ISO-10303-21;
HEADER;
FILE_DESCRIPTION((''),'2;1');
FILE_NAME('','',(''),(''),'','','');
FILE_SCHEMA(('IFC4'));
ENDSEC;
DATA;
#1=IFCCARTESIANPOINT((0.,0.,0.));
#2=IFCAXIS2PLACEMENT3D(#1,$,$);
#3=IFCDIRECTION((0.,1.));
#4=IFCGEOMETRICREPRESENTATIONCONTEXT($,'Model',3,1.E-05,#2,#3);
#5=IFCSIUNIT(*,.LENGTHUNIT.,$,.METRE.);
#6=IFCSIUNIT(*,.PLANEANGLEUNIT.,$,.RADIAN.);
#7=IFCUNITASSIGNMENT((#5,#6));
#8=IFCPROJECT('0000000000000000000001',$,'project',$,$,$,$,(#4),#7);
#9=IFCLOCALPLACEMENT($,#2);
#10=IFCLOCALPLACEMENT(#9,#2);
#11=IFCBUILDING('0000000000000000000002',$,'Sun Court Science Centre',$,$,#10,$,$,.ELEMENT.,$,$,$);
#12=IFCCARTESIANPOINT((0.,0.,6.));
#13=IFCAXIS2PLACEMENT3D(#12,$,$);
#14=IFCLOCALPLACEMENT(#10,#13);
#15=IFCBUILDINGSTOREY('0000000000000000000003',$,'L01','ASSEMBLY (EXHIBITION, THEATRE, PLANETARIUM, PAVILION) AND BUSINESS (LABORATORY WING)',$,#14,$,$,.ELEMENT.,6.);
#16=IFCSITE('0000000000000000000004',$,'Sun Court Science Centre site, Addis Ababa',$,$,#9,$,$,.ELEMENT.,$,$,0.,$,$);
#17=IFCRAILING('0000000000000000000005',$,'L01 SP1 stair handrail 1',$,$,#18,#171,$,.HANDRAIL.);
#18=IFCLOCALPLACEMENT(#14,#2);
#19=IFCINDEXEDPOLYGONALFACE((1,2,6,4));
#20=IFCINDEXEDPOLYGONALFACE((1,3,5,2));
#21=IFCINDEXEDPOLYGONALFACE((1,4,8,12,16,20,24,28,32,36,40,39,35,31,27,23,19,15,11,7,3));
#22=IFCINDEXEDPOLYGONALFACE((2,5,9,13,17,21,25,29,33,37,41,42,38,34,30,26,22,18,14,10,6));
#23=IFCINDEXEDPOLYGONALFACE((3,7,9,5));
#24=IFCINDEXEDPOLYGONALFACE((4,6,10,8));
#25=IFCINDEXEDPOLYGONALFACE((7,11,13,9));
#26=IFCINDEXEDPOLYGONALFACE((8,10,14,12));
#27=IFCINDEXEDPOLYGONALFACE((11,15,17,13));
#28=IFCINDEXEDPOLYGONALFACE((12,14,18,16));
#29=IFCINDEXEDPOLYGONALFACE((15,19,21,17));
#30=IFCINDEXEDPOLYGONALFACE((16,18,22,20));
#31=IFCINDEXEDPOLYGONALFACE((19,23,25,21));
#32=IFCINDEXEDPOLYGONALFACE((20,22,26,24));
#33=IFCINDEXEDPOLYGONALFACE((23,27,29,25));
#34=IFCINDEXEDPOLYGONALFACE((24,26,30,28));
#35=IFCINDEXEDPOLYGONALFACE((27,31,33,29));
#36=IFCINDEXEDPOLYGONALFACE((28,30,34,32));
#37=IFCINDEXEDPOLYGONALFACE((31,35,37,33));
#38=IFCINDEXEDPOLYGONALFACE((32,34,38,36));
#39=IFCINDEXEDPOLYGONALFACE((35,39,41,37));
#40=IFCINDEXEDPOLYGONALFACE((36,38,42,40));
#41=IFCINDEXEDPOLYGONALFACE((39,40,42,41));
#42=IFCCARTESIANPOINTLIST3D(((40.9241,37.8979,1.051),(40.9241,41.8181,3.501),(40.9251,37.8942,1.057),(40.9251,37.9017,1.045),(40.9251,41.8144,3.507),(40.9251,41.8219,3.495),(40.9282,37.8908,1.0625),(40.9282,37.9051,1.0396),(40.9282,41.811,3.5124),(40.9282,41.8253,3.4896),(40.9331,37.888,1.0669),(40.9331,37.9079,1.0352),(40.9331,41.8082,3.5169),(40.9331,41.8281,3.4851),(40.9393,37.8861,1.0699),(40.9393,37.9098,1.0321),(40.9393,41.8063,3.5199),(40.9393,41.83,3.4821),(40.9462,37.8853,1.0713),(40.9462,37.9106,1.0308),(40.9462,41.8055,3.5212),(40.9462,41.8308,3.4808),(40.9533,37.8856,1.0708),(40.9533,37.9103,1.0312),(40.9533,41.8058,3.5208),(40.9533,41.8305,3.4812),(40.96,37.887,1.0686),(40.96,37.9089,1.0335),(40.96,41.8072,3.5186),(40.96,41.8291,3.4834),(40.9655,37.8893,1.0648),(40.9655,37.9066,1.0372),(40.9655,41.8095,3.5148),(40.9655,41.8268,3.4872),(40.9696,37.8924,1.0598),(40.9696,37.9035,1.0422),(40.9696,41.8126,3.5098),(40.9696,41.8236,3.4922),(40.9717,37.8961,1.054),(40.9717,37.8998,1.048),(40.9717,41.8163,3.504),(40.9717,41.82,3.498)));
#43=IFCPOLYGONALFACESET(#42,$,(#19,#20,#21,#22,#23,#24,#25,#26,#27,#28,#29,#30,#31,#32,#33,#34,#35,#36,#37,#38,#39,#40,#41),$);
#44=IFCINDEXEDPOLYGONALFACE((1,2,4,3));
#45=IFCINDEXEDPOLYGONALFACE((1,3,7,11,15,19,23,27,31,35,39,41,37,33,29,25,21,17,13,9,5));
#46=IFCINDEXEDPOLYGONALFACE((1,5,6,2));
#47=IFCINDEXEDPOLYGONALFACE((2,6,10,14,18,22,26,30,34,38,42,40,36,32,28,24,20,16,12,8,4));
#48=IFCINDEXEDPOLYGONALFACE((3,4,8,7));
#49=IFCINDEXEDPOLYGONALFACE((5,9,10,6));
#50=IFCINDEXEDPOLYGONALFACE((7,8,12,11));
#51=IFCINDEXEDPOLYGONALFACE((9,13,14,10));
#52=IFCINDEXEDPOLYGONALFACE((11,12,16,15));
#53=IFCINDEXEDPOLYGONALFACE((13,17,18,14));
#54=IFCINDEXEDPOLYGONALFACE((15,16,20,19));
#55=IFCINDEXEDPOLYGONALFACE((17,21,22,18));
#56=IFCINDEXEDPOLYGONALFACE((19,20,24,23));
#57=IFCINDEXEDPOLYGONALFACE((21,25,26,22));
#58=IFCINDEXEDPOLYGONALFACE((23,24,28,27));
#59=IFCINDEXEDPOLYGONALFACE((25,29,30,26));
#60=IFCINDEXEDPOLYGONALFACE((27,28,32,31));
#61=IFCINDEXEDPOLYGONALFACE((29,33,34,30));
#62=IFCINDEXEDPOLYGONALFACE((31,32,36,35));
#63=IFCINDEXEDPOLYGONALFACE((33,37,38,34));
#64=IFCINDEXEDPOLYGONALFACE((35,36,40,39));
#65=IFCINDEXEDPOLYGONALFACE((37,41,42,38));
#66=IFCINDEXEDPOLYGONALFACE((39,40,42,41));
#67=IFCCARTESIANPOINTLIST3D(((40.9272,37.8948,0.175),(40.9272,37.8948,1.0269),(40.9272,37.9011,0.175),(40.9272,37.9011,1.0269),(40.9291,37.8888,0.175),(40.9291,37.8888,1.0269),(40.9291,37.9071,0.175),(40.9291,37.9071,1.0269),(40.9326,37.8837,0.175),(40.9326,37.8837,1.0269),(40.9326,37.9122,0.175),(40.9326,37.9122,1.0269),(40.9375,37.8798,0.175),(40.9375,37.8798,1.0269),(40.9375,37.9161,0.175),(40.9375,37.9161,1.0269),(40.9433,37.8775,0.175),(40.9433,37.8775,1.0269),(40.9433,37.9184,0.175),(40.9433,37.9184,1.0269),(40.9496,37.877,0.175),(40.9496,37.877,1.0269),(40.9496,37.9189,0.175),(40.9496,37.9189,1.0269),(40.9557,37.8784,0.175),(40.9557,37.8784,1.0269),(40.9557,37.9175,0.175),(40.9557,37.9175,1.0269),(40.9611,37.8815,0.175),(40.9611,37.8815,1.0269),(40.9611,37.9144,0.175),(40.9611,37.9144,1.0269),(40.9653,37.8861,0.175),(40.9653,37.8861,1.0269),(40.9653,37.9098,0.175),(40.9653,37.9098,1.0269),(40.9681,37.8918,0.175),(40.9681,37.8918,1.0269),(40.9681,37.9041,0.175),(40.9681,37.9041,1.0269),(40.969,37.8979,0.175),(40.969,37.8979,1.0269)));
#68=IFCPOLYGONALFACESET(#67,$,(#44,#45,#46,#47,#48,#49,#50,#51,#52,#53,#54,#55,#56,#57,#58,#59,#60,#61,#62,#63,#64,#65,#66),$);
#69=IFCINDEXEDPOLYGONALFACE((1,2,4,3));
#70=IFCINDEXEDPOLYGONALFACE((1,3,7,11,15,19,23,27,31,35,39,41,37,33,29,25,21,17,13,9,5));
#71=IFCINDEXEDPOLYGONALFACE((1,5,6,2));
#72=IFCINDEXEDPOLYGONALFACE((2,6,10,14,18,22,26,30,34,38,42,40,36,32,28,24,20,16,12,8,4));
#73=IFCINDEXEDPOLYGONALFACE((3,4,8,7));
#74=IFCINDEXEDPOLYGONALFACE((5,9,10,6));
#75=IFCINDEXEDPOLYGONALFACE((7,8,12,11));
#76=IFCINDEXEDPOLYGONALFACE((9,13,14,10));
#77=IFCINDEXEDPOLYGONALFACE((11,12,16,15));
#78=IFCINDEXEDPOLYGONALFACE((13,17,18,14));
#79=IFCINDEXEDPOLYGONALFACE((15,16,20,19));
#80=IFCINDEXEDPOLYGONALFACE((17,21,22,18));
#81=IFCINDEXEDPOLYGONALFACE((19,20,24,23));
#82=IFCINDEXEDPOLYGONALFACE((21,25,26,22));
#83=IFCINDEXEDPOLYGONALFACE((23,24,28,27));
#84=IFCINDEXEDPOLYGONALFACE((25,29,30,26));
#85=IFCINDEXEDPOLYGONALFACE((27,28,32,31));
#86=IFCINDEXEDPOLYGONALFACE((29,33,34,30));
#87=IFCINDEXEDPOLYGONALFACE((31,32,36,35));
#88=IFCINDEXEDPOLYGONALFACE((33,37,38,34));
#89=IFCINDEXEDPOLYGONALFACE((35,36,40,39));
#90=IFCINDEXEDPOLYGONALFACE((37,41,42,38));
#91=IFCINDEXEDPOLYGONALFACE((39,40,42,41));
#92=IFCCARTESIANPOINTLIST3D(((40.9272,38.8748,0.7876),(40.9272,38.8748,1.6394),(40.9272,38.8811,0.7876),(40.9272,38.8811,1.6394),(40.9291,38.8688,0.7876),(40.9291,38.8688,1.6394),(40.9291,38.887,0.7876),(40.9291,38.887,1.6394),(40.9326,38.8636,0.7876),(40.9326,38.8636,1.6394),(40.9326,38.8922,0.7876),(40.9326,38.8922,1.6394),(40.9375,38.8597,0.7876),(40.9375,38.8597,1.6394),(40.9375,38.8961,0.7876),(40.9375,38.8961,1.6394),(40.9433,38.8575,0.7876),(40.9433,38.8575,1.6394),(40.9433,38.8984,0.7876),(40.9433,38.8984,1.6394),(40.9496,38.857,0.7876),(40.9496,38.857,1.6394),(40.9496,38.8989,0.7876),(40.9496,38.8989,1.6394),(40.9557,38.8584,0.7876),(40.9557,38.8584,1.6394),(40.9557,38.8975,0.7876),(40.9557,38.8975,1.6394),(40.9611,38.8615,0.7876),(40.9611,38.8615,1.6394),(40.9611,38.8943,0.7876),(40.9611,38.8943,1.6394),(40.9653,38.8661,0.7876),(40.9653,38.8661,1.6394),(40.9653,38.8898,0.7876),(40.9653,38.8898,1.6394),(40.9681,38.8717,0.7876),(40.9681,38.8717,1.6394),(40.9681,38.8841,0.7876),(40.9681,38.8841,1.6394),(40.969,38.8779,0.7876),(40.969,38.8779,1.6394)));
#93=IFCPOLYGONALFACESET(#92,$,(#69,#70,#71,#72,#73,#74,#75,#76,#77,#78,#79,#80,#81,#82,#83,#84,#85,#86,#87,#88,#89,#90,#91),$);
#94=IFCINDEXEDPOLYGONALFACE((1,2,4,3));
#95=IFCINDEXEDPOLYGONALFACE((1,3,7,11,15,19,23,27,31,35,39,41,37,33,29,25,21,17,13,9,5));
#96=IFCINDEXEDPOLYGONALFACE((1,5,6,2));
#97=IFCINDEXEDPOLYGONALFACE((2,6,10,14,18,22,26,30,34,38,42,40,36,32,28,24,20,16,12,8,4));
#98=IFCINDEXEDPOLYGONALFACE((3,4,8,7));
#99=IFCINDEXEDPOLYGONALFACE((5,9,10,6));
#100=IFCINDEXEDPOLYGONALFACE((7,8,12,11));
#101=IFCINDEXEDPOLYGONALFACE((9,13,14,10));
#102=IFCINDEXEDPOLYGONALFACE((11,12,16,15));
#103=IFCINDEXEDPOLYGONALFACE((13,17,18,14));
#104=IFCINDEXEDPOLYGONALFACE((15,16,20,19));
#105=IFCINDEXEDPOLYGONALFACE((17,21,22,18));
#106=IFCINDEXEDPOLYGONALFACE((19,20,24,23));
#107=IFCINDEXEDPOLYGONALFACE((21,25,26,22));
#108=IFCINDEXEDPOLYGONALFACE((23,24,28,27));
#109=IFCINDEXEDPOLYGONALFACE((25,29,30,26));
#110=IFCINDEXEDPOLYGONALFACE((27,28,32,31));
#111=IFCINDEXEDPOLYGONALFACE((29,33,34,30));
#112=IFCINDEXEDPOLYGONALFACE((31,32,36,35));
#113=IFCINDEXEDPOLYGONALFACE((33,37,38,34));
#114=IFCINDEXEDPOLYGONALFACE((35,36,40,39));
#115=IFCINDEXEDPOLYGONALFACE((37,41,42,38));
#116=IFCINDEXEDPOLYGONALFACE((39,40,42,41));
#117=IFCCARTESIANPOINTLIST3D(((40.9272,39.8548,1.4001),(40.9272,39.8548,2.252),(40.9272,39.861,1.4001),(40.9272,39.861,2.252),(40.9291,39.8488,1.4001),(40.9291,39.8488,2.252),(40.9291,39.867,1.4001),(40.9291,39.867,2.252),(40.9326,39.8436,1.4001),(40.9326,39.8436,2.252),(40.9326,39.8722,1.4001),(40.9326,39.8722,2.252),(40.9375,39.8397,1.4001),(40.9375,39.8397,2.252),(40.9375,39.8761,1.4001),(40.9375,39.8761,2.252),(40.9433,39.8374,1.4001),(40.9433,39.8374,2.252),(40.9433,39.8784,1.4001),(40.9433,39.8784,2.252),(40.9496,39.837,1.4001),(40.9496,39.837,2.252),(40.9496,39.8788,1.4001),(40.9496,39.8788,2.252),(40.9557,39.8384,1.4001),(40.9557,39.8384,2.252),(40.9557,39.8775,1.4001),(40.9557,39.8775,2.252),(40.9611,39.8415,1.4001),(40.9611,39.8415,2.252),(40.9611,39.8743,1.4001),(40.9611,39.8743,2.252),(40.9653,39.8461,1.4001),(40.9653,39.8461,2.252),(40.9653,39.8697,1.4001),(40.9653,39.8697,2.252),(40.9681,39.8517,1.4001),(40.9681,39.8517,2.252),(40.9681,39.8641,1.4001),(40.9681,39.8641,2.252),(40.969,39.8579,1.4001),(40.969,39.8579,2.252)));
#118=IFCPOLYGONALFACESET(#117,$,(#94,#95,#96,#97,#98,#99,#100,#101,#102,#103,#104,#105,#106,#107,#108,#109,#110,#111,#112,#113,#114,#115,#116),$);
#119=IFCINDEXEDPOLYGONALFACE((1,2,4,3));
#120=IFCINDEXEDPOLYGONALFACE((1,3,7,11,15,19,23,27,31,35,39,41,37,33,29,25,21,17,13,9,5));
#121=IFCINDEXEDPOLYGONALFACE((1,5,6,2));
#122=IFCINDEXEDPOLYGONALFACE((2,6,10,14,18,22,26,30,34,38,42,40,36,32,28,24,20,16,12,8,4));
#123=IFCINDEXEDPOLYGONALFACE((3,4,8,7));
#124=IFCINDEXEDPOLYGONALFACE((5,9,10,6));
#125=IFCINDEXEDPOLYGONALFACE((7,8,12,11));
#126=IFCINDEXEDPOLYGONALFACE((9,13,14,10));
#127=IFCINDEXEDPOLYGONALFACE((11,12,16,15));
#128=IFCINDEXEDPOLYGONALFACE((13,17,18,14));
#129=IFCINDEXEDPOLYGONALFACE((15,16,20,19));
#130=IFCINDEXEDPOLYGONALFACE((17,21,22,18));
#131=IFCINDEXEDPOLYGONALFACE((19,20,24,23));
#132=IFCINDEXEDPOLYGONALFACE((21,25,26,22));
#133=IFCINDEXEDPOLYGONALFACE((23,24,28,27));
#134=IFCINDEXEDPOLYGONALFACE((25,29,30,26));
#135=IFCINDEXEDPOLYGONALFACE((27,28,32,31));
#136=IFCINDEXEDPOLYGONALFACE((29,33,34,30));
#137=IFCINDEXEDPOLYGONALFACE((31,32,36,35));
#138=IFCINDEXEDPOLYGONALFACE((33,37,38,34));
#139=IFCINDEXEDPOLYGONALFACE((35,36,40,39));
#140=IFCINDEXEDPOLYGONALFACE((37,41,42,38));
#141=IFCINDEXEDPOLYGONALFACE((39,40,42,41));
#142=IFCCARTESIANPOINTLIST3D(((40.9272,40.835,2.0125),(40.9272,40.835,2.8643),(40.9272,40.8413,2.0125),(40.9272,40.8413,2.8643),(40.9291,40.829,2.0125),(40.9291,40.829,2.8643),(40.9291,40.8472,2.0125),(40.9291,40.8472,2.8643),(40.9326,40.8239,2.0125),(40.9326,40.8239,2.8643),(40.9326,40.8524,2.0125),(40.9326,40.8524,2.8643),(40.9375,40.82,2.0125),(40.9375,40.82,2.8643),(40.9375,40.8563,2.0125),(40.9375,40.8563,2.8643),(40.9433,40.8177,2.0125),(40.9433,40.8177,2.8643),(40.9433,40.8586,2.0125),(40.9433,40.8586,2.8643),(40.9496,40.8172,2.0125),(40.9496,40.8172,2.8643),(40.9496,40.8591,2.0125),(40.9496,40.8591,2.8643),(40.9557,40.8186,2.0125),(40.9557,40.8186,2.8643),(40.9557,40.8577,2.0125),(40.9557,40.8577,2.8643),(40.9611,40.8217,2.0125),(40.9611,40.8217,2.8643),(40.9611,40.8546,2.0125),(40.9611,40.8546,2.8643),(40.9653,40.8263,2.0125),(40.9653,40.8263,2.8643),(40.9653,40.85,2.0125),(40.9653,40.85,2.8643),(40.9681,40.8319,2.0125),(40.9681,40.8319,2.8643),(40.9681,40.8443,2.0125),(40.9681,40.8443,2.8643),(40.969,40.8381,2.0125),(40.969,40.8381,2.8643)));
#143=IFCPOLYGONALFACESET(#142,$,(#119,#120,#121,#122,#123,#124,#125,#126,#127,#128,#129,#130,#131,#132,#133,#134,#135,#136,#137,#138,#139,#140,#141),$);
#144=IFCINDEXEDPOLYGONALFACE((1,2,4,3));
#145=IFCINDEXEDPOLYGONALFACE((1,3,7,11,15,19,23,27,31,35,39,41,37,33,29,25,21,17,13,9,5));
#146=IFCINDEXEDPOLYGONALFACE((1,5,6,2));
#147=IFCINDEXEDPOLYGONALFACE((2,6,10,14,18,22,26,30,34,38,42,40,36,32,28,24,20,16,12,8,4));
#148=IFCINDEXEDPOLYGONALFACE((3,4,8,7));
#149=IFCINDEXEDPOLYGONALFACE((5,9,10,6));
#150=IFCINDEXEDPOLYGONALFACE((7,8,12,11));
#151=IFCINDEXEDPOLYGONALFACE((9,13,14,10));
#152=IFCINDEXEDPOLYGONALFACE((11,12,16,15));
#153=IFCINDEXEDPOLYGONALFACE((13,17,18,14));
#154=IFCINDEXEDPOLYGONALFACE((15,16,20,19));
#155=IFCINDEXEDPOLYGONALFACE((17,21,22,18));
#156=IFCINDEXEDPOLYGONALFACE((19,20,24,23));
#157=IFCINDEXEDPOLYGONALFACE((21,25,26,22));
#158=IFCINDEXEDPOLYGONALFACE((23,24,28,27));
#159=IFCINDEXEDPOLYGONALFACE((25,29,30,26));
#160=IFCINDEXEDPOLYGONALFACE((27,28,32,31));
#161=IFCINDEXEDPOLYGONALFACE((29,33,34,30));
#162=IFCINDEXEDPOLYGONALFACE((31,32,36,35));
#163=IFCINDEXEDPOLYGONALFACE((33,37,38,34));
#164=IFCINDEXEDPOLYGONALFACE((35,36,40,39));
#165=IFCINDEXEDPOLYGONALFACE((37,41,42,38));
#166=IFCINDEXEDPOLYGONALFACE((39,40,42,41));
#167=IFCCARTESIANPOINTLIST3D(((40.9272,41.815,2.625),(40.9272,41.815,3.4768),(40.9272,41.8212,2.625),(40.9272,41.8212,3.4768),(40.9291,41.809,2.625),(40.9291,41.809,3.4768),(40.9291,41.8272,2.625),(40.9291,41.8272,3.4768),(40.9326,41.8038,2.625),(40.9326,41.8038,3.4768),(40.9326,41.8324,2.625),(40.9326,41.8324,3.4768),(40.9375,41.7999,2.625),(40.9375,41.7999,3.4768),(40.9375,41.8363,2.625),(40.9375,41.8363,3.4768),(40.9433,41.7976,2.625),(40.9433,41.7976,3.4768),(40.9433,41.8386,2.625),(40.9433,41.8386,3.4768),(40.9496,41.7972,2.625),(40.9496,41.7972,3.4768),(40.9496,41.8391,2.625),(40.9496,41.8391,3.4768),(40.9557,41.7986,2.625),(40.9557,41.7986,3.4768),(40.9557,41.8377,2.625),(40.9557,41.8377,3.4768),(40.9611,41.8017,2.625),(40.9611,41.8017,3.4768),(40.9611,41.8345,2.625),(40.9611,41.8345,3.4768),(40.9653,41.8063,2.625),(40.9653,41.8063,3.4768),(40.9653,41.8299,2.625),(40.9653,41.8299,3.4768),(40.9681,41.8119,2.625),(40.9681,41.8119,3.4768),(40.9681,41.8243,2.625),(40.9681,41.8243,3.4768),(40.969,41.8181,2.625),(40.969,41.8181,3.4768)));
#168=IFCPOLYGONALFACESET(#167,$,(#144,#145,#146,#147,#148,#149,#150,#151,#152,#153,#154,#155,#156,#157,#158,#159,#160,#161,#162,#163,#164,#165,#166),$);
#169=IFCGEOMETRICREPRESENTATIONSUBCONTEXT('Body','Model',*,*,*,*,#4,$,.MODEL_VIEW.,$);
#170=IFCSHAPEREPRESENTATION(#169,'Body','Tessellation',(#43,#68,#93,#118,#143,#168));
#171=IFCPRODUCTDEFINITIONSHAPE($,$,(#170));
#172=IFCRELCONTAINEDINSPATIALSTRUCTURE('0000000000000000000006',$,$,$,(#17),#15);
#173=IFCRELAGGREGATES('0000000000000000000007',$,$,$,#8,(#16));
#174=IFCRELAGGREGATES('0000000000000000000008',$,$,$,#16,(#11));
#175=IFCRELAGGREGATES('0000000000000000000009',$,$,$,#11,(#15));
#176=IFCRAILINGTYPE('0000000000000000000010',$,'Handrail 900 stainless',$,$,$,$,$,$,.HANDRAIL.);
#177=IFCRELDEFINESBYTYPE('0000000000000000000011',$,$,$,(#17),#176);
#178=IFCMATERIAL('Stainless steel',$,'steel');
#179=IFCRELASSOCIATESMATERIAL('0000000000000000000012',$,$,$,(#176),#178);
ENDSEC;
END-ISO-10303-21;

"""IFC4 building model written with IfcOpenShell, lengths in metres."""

from ifc_helpers import new_model, si_unit, direction, frame, origin, origin_2d, place, context, subcontext, project, spatial, circle, extrude, material, type_object, element, save


model = new_model("IFC4")

# Units and contexts
model_context = context("Model", 3, precision=1e-05, world=origin(), true_north=direction((0.0, 1.0)))
body_context = subcontext(model_context, "Body", "Model", "MODEL_VIEW")
ifc_project = project(units=[si_unit("LENGTHUNIT", "METRE"), si_unit("PLANEANGLEUNIT", "RADIAN")], contexts=[model_context])

# Site, building, storey
site_placement = place(None, origin())
site = spatial("IfcSite", under=ifc_project, at=site_placement, Name="Sun Court Science Centre site, Addis Ababa", CompositionType="ELEMENT", RefElevation=0.0)
building_placement = place(site_placement, origin())
building = spatial("IfcBuilding", under=site, at=building_placement, Name="Sun Court Science Centre", CompositionType="ELEMENT")
storey_placement = place(building_placement, frame((0.0, 0.0, 6.0)))
storey = spatial("IfcBuildingStorey", under=building, at=storey_placement, Name="L01", Description="ASSEMBLY (EXHIBITION, THEATRE, PLANETARIUM, PAVILION) AND BUSINESS (LABORATORY WING)", CompositionType="ELEMENT", Elevation=6.0)

# Railing
ifc_material_1 = material(Name="Stainless steel", Category="steel")
railing_type_1 = type_object("IfcRailingType", Name="Handrail 900 stainless", PredefinedType="HANDRAIL", material=ifc_material_1)
railing_1_placement = place(storey_placement, frame((40.948, 37.8979, 0.175)))
element("IfcRailing", 1, at=railing_1_placement, inside=storey, type_object=railing_type_1, Name="L01 SP1 stair handrail 1", PredefinedType="HANDRAIL", context=body_context, shape_type="SweptSolid", body=[
    extrude(circle(Radius=0.0239, at=origin_2d()), frame((0.0, 0.0, 0.876), z_axis=(0.0, 0.848013, 0.529975), x_axis=(-1.0, 0.0, 0.0)), (0.0, 0.0, 1.0), 4.6228),
    extrude(circle(Radius=0.021, at=origin_2d()), origin(), (0.0, 0.0, 1.0), 0.8518),
    extrude(circle(Radius=0.021, at=origin_2d()), frame((0.0, 0.98, 0.6125)), (0.0, 0.0, 1.0), 0.8518),
    extrude(circle(Radius=0.021, at=origin_2d()), frame((0.0, 1.96, 1.2251)), (0.0, 0.0, 1.0), 0.8518),
    extrude(circle(Radius=0.021, at=origin_2d()), frame((0.0, 2.9402, 1.8374)), (0.0, 0.0, 1.0), 0.8518),
    extrude(circle(Radius=0.021, at=origin_2d()), frame((0.0, 3.9202, 2.45)), (0.0, 0.0, 1.0), 0.8518),
])

save(model, "model.ifc")
